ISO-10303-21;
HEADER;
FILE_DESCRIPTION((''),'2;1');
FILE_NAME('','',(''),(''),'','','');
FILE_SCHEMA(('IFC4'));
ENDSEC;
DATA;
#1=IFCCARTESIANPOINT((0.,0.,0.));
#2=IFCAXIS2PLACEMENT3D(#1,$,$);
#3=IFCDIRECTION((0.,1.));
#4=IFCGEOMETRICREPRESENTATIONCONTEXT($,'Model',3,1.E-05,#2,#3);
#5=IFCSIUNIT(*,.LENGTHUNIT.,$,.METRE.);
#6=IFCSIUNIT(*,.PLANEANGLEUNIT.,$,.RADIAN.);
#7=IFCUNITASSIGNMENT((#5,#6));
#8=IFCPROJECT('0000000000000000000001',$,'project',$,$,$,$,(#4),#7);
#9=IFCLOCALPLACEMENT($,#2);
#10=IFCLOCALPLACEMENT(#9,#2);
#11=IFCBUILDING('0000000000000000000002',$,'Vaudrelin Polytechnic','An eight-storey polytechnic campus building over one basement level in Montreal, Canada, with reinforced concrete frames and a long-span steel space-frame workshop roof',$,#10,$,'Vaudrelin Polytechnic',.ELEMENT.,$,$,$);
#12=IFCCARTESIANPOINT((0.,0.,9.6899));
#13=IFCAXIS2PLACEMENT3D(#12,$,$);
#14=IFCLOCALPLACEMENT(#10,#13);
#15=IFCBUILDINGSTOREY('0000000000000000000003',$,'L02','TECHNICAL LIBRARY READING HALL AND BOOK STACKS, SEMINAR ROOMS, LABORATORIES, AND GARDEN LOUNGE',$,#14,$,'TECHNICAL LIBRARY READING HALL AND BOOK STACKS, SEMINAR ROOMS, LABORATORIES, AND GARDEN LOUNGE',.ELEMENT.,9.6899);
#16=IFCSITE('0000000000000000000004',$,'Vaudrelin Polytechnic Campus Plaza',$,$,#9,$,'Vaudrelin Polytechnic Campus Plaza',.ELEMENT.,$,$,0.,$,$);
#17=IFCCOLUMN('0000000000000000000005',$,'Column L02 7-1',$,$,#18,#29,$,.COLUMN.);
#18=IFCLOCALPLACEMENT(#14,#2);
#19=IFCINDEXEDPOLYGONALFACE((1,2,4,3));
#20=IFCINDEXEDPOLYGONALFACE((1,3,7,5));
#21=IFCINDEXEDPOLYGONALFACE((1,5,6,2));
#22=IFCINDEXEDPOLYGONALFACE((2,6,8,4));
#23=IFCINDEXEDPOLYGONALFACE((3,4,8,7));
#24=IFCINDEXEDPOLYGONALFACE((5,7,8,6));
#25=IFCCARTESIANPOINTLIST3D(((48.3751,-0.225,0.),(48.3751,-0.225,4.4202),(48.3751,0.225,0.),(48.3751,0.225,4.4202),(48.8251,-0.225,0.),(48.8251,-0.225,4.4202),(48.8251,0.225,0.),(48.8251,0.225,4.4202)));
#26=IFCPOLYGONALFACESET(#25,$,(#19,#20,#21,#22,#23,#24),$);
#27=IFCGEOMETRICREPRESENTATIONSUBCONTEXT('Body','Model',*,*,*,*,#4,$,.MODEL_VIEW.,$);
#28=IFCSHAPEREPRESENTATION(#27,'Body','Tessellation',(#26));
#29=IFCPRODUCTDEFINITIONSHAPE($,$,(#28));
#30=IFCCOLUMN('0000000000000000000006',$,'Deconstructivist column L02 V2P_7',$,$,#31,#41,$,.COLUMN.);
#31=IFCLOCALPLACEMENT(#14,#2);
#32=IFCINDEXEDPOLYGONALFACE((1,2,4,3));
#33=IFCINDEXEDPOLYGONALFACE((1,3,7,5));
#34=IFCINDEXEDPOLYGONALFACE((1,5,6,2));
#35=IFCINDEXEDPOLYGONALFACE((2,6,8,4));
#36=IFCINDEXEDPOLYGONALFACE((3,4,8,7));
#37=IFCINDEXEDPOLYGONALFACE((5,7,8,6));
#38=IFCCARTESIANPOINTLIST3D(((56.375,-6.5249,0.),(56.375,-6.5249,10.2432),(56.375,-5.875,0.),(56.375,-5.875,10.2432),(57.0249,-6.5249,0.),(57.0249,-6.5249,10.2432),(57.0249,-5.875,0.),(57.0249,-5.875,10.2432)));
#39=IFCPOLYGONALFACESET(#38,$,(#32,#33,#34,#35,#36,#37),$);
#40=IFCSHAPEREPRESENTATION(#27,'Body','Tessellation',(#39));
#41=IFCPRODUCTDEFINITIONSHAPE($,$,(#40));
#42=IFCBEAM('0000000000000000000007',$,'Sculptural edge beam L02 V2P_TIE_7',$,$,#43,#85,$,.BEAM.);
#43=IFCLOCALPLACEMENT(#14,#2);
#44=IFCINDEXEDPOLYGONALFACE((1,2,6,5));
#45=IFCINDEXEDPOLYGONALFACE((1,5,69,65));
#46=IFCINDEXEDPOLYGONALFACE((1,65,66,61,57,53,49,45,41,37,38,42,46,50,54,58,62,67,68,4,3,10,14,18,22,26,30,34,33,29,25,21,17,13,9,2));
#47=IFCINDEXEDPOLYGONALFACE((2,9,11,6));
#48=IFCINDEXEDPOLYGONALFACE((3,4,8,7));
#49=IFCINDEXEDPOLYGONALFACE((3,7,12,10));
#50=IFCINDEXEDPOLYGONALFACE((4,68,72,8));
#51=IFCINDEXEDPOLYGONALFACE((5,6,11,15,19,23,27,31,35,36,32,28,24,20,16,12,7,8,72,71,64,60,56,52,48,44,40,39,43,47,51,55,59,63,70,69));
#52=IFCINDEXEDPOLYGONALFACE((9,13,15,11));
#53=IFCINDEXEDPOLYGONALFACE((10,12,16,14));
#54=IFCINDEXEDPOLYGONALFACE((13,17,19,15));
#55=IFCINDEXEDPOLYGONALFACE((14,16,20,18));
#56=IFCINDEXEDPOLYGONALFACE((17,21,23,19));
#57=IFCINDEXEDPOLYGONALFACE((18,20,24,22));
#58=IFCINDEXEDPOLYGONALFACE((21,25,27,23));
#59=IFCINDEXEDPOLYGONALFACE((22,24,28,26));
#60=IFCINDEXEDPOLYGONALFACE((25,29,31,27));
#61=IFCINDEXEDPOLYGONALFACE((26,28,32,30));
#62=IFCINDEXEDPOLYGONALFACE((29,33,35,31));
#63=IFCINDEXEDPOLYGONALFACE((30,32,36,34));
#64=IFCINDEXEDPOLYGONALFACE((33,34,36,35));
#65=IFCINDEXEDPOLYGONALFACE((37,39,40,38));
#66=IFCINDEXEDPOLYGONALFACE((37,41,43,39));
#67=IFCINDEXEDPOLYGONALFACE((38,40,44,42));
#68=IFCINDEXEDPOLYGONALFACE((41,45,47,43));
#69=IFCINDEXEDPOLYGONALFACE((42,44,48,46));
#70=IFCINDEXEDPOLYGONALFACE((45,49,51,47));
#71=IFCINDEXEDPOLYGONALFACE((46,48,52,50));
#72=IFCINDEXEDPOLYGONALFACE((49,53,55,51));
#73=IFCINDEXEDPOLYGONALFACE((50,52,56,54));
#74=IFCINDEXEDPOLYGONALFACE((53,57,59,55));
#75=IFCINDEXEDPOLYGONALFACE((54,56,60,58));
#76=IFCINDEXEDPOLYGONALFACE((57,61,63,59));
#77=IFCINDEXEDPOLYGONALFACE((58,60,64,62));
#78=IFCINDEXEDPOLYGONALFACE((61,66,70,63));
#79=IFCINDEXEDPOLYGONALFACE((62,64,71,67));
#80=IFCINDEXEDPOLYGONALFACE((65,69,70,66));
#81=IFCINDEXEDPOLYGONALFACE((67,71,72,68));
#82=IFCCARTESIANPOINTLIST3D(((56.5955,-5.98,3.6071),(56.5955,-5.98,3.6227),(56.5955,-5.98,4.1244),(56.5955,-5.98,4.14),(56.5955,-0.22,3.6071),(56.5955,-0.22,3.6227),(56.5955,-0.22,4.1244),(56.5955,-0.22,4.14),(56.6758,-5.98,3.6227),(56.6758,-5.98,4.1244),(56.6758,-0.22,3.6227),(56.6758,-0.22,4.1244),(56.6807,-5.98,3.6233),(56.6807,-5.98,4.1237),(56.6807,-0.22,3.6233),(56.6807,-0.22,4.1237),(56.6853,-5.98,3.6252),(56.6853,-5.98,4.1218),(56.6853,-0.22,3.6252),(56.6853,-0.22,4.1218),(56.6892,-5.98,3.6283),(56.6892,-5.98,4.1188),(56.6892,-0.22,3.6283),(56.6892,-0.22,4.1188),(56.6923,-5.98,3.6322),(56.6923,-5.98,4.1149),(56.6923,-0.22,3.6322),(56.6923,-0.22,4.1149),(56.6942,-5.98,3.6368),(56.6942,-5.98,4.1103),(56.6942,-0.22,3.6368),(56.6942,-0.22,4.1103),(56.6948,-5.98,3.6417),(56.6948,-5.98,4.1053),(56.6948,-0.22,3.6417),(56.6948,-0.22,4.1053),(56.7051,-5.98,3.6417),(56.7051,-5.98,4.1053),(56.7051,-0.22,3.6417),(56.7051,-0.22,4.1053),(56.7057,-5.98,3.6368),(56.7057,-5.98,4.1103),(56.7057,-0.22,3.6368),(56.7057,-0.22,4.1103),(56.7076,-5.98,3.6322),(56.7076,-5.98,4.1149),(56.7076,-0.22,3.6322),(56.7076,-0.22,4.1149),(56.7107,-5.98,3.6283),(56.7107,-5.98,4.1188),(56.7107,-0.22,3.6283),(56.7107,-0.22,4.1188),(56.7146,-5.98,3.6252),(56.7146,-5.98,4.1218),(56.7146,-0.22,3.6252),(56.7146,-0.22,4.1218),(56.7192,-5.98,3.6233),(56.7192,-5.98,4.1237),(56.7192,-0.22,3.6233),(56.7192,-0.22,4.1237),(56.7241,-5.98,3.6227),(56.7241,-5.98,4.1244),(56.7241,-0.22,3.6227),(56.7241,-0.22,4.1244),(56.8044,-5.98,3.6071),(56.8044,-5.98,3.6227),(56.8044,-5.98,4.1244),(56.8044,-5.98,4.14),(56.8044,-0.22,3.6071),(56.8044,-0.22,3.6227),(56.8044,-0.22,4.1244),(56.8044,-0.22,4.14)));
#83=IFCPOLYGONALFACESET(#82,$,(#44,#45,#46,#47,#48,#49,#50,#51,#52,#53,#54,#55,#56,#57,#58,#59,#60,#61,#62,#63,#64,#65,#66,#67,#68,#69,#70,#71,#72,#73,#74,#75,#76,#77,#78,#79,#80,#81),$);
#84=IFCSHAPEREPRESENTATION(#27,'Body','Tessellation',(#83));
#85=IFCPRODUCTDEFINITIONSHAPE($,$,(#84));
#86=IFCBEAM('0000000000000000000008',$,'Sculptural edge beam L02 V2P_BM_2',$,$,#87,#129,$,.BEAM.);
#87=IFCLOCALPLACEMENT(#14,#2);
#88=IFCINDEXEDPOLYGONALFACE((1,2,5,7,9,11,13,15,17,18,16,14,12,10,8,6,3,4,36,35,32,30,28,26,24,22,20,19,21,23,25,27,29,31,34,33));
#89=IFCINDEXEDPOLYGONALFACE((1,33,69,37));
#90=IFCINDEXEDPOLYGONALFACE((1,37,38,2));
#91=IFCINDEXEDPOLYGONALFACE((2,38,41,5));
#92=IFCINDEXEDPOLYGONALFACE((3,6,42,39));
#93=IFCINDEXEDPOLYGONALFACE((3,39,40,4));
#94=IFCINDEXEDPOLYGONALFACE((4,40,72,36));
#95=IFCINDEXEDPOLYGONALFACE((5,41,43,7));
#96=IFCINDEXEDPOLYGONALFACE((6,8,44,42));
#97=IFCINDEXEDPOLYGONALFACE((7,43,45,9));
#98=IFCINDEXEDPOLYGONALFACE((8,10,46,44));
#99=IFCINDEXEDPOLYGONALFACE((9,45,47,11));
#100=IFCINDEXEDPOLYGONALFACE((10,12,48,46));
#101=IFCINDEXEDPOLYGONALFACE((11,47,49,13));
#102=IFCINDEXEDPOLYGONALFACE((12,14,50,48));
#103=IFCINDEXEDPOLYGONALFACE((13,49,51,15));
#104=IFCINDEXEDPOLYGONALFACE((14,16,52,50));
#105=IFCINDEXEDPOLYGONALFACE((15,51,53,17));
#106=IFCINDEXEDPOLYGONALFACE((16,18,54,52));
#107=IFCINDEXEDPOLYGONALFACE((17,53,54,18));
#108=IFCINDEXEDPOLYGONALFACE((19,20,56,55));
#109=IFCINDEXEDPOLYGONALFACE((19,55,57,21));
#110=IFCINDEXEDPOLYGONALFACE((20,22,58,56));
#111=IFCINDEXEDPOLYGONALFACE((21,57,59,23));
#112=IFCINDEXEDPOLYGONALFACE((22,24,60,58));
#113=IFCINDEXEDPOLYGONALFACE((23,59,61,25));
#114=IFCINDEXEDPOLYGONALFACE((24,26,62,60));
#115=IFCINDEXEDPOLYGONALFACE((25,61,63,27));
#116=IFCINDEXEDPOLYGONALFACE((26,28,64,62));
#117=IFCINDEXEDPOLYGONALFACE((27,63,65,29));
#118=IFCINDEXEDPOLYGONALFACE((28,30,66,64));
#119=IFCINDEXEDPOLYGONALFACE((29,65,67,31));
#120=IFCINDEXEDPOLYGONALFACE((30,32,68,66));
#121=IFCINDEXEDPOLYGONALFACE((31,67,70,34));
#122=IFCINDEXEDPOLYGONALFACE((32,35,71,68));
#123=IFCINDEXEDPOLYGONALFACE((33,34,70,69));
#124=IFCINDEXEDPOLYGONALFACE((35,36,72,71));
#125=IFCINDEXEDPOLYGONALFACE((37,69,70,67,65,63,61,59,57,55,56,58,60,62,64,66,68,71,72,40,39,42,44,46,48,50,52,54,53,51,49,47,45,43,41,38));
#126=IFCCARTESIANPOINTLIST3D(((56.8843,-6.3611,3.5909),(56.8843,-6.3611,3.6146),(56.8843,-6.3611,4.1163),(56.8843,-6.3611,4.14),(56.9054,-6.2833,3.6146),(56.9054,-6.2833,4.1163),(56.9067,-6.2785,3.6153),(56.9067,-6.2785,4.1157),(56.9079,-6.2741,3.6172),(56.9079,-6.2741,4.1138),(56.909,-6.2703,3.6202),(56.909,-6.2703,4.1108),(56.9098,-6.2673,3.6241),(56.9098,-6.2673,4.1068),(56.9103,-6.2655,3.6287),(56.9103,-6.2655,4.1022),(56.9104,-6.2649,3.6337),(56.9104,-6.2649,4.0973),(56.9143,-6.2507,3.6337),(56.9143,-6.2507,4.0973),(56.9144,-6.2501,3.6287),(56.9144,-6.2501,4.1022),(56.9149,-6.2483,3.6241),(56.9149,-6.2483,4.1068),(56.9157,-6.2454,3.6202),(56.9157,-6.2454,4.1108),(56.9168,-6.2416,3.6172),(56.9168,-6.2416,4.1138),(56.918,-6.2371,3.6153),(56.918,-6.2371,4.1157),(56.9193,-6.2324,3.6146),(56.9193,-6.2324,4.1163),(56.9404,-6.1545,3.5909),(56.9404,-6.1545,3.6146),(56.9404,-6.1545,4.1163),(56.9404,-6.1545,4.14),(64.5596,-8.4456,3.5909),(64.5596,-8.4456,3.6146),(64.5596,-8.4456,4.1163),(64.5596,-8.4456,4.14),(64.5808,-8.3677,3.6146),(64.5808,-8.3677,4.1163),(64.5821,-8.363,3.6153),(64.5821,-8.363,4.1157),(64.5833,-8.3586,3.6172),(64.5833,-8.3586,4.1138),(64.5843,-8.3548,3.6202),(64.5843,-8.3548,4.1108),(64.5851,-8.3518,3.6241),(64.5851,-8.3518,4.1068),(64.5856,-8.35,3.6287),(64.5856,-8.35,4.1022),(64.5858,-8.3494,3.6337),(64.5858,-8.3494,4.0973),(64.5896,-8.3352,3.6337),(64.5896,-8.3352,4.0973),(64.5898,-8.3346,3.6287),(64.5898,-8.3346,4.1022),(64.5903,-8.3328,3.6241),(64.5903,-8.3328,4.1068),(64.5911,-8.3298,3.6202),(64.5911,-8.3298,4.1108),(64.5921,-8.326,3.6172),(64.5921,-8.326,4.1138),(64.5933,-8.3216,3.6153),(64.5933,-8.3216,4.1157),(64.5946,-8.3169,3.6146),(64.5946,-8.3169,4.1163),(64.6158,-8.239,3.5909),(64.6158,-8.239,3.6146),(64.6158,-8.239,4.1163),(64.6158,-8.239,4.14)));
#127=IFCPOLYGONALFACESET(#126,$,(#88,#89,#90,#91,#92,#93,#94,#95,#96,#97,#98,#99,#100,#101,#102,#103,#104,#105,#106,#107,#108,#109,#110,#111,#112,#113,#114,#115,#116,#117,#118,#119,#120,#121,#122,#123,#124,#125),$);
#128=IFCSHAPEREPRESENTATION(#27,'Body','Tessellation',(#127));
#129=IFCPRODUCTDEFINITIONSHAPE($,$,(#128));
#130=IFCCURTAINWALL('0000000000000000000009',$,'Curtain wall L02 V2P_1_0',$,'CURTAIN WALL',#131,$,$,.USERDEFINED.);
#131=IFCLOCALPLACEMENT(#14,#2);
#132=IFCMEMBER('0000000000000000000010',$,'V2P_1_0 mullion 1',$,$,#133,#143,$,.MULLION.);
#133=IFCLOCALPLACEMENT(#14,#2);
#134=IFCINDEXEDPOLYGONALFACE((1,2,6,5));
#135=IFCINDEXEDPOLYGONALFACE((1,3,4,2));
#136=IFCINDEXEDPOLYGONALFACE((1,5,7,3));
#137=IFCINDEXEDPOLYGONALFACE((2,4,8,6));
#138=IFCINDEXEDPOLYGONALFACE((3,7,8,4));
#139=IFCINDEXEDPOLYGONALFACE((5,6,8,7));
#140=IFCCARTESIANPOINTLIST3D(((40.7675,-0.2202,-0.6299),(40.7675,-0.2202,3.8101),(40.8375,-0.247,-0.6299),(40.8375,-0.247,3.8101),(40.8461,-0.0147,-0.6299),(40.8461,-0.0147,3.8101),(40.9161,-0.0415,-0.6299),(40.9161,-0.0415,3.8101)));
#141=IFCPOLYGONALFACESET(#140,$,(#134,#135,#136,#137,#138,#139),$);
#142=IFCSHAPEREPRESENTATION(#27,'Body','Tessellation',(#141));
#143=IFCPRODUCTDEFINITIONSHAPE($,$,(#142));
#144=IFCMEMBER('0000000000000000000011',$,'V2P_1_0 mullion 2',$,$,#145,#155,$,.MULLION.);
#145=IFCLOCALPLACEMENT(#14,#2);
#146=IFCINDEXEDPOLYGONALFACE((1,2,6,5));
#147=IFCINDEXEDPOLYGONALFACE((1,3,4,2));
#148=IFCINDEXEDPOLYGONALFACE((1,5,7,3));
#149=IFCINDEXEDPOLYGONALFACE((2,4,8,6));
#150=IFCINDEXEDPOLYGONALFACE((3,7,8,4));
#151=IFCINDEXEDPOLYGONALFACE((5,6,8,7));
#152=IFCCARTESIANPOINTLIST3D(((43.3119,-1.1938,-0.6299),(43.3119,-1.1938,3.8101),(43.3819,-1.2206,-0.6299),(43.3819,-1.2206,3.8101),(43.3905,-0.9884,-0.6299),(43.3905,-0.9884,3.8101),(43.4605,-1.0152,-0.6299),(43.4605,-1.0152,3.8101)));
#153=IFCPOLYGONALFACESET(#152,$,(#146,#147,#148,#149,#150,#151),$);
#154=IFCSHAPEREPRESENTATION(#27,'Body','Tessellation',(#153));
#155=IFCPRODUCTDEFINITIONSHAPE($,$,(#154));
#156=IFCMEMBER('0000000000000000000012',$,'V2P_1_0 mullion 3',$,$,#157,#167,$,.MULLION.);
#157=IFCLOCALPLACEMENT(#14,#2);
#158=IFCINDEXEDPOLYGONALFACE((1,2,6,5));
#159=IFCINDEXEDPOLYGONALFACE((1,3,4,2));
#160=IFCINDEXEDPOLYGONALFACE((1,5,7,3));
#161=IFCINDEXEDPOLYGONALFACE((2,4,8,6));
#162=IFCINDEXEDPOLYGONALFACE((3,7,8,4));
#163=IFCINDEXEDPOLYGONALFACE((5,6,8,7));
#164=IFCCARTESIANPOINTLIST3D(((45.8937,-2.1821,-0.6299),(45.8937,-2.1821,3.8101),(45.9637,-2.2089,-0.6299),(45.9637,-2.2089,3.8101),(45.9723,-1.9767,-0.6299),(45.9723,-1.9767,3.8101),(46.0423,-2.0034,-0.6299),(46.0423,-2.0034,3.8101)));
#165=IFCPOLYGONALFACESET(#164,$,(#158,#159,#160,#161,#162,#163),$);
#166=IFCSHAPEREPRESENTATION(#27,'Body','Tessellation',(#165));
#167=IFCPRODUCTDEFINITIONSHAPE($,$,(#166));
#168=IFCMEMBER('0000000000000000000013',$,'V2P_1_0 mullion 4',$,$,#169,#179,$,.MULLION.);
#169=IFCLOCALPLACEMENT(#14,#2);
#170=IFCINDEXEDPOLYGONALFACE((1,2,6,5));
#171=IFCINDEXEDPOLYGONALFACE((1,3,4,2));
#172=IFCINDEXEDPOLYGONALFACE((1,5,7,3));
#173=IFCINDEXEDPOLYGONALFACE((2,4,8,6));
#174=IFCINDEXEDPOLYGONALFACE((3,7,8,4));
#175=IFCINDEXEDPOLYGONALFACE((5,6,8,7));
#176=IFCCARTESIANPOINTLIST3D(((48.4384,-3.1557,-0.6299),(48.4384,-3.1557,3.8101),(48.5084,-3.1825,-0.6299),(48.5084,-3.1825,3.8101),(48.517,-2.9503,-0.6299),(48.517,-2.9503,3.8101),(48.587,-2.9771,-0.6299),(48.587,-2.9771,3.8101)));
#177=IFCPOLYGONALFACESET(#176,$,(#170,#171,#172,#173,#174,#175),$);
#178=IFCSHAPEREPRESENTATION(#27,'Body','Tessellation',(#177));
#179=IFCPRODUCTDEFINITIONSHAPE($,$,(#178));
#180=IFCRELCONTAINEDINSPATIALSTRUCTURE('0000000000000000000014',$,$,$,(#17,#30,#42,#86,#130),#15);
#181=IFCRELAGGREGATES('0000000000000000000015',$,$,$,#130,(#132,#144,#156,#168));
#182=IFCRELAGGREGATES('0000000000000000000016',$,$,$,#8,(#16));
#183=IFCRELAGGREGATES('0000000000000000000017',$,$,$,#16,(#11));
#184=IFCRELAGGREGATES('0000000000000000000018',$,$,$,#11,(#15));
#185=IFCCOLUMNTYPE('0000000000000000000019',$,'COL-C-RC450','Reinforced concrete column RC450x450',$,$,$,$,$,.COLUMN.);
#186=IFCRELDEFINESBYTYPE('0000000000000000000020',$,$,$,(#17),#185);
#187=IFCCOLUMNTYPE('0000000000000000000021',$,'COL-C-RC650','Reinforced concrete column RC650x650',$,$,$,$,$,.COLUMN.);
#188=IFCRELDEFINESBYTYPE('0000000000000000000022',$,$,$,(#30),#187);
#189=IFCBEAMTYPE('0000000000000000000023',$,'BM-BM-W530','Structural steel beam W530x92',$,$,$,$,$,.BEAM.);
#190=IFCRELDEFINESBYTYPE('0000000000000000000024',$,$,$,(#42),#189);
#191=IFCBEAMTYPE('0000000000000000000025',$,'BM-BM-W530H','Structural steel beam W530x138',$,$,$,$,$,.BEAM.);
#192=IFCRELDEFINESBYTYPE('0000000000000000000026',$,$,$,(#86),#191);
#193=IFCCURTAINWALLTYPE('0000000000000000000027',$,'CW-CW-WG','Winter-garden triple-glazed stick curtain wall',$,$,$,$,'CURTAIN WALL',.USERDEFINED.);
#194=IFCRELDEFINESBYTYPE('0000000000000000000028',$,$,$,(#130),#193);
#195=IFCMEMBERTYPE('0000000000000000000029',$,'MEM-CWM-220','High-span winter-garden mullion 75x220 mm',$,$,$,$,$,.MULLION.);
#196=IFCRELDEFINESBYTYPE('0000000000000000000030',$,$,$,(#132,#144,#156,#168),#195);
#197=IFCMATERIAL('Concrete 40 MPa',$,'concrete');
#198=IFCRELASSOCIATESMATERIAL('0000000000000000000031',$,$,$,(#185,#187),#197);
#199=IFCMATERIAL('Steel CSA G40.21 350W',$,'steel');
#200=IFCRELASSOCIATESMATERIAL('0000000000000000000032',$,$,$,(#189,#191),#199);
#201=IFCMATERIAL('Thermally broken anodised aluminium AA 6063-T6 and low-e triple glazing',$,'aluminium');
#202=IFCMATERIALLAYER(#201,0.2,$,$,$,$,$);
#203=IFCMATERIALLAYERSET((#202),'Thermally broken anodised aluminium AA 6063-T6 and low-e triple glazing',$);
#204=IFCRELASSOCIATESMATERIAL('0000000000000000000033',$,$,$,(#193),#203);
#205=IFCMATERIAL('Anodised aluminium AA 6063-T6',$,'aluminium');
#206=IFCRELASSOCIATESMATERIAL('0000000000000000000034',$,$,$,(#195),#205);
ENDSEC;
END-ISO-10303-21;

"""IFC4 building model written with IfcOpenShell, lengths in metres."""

from ifc_helpers import new_model, si_unit, direction, frame, origin, origin_2d, place, context, subcontext, project, spatial, rectangle, i_section, extrude, material, layer, layer_set, material_profile, profile_set, type_object, element, aggregate, save


model = new_model("IFC4")

# Units and contexts
model_context = context("Model", 3, precision=1e-05, world=origin(), true_north=direction((0.0, 1.0)))
body_context = subcontext(model_context, "Body", "Model", "MODEL_VIEW")
ifc_project = project(units=[si_unit("LENGTHUNIT", "METRE"), si_unit("PLANEANGLEUNIT", "RADIAN")], contexts=[model_context])

# Site, building, storey
site_placement = place(None, origin())
site = spatial("IfcSite", under=ifc_project, at=site_placement, Name="Vaudrelin Polytechnic Campus Plaza", LongName="Vaudrelin Polytechnic Campus Plaza", CompositionType="ELEMENT", RefElevation=0.0)
building_placement = place(site_placement, origin())
building = spatial("IfcBuilding", under=site, at=building_placement, Name="Vaudrelin Polytechnic", Description="An eight-storey polytechnic campus building over one basement level in Montreal, Canada, with reinforced concrete frames and a long-span steel space-frame workshop roof", LongName="Vaudrelin Polytechnic", CompositionType="ELEMENT")
storey_placement = place(building_placement, frame((0.0, 0.0, 9.6899)))
storey = spatial("IfcBuildingStorey", under=building, at=storey_placement, Name="L02", Description="TECHNICAL LIBRARY READING HALL AND BOOK STACKS, SEMINAR ROOMS, LABORATORIES, AND GARDEN LOUNGE", LongName="TECHNICAL LIBRARY READING HALL AND BOOK STACKS, SEMINAR ROOMS, LABORATORIES, AND GARDEN LOUNGE", CompositionType="ELEMENT", Elevation=9.6899)

# Columns
ifc_material_1 = material(Name="Concrete 40 MPa", Category="concrete")
ifc_material_profile_1 = material_profile(ifc_material_1, rectangle(XDim=0.45, YDim=0.45, at=origin_2d()), Name="RC450x450")
ifc_profile_set_1 = profile_set([ifc_material_profile_1], Name="Concrete 40 MPa")
column_type_1 = type_object("IfcColumnType", Name="COL-C-RC450", Description="Reinforced concrete column RC450x450", PredefinedType="COLUMN", material=ifc_profile_set_1)
column_1_placement = place(storey_placement, frame((48.6001, 0.0, 0.0), z_axis=(0.0, 0.0, 1.0), x_axis=(1.0, 0.0, 0.0)))
element("IfcColumn", 1, at=column_1_placement, inside=storey, type_object=column_type_1, Name="Column L02 7-1", PredefinedType="COLUMN", context=body_context, shape_type="SweptSolid", body=[
    extrude(rectangle(XDim=0.45, YDim=0.45, at=origin_2d()), origin(), (0.0, 0.0, 1.0), 4.4202),
])
ifc_material_profile_2 = material_profile(ifc_material_1, rectangle(XDim=0.6499, YDim=0.6499, at=origin_2d()), Name="RC650x650")
ifc_profile_set_2 = profile_set([ifc_material_profile_2], Name="Concrete 40 MPa")
column_type_2 = type_object("IfcColumnType", Name="COL-C-RC650", Description="Reinforced concrete column RC650x650", PredefinedType="COLUMN", material=ifc_profile_set_2)
column_2_placement = place(storey_placement, frame((56.7, -6.2, 0.0), z_axis=(0.0, 0.0, 1.0), x_axis=(1.0, 0.0, 0.0)))
element("IfcColumn", 2, at=column_2_placement, inside=storey, type_object=column_type_2, Name="Deconstructivist column L02 V2P_7", PredefinedType="COLUMN", context=body_context, shape_type="SweptSolid", body=[
    extrude(rectangle(XDim=0.6499, YDim=0.6499, at=origin_2d()), origin(), (0.0, 0.0, 1.0), 10.2432),
])

# Beams
ifc_material_2 = material(Name="Steel CSA G40.21 350W", Category="steel")
ifc_material_profile_3 = material_profile(ifc_material_2, i_section(OverallWidth=0.209, OverallDepth=0.533, WebThickness=0.0103, FlangeThickness=0.0156, FilletRadius=0.019, at=origin_2d()), Name="W530x92")
ifc_profile_set_3 = profile_set([ifc_material_profile_3], Name="Steel CSA G40.21 350W")
beam_type_1 = type_object("IfcBeamType", Name="BM-BM-W530", Description="Structural steel beam W530x92", PredefinedType="BEAM", material=ifc_profile_set_3)
beam_1_placement = place(storey_placement, frame((56.7, -5.98, 3.8735), z_axis=(0.0, 1.0, 0.0), x_axis=(-1.0, 0.0, 0.0)))
element("IfcBeam", 3, at=beam_1_placement, inside=storey, type_object=beam_type_1, Name="Sculptural edge beam L02 V2P_TIE_7", PredefinedType="BEAM", context=body_context, shape_type="SweptSolid", body=[
    extrude(i_section(OverallWidth=0.209, OverallDepth=0.533, WebThickness=0.0103, FlangeThickness=0.0156, FilletRadius=0.019, at=origin_2d()), origin(), (0.0, 0.0, 1.0), 5.76),
])
ifc_material_profile_4 = material_profile(ifc_material_2, i_section(OverallWidth=0.2141, OverallDepth=0.5491, WebThickness=0.0146, FlangeThickness=0.0237, FilletRadius=0.019, at=origin_2d()), Name="W530x138")
ifc_profile_set_4 = profile_set([ifc_material_profile_4], Name="Steel CSA G40.21 350W")
beam_type_2 = type_object("IfcBeamType", Name="BM-BM-W530H", Description="Structural steel beam W530x138", PredefinedType="BEAM", material=ifc_profile_set_4)
beam_2_placement = place(storey_placement, frame((56.9124, -6.2578, 3.8655), z_axis=(0.965044, -0.262089, 0.0), x_axis=(0.262089, 0.965044, 0.0)))
element("IfcBeam", 4, at=beam_2_placement, inside=storey, type_object=beam_type_2, Name="Sculptural edge beam L02 V2P_BM_2", PredefinedType="BEAM", context=body_context, shape_type="SweptSolid", body=[
    extrude(i_section(OverallWidth=0.2141, OverallDepth=0.5491, WebThickness=0.0146, FlangeThickness=0.0237, FilletRadius=0.019, at=origin_2d()), origin(), (0.0, 0.0, 1.0), 7.9534),
])

# Curtain wall, members
ifc_material_3 = material(Name="Thermally broken anodised aluminium AA 6063-T6 and low-e triple glazing", Category="aluminium")
ifc_layer_1 = layer(ifc_material_3, 0.2)
ifc_layer_set_1 = layer_set([ifc_layer_1], Name="Thermally broken anodised aluminium AA 6063-T6 and low-e triple glazing")
curtain_wall_type = type_object("IfcCurtainWallType", Name="CW-CW-WG", Description="Winter-garden triple-glazed stick curtain wall", ElementType="CURTAIN WALL", PredefinedType="USERDEFINED", material=ifc_layer_set_1)
curtain_wall_1_placement = place(storey_placement, origin())
curtain_wall_1 = element("IfcCurtainWall", 5, at=curtain_wall_1_placement, inside=storey, type_object=curtain_wall_type, Name="Curtain wall L02 V2P_1_0", ObjectType="CURTAIN WALL", PredefinedType="USERDEFINED")
ifc_material_4 = material(Name="Anodised aluminium AA 6063-T6", Category="aluminium")
ifc_material_profile_5 = material_profile(ifc_material_4, rectangle(XDim=0.075, YDim=0.22, at=origin_2d()), Name="CWM-75x220")
ifc_profile_set_5 = profile_set([ifc_material_profile_5], Name="Anodised aluminium AA 6063-T6")
member_type_1 = type_object("IfcMemberType", Name="MEM-CWM-220", Description="High-span winter-garden mullion 75x220 mm", PredefinedType="MULLION", material=ifc_profile_set_5)
member_1_placement = place(storey_placement, frame((40.8418, -0.1309, -0.6299), z_axis=(0.0, 0.0, 1.0), x_axis=(0.933941, -0.357426, 0.0)))
member_1 = element("IfcMember", 6, at=member_1_placement, type_object=member_type_1, Name="V2P_1_0 mullion 1", PredefinedType="MULLION", context=body_context, shape_type="SweptSolid", body=[
    extrude(rectangle(XDim=0.075, YDim=0.22, at=origin_2d()), origin(), (0.0, 0.0, 1.0), 4.4399),
])
member_2_placement = place(storey_placement, frame((43.3862, -1.1045, -0.6299), z_axis=(0.0, 0.0, 1.0), x_axis=(0.933941, -0.357426, 0.0)))
member_2 = element("IfcMember", 7, at=member_2_placement, type_object=member_type_1, Name="V2P_1_0 mullion 2", PredefinedType="MULLION", context=body_context, shape_type="SweptSolid", body=[
    extrude(rectangle(XDim=0.075, YDim=0.22, at=origin_2d()), origin(), (0.0, 0.0, 1.0), 4.4399),
])
member_3_placement = place(storey_placement, frame((45.968, -2.0928, -0.6299), z_axis=(0.0, 0.0, 1.0), x_axis=(0.933941, -0.357426, 0.0)))
member_3 = element("IfcMember", 8, at=member_3_placement, type_object=member_type_1, Name="V2P_1_0 mullion 3", PredefinedType="MULLION", context=body_context, shape_type="SweptSolid", body=[
    extrude(rectangle(XDim=0.075, YDim=0.22, at=origin_2d()), origin(), (0.0, 0.0, 1.0), 4.4399),
])
member_4_placement = place(storey_placement, frame((48.5127, -3.0664, -0.6299), z_axis=(0.0, 0.0, 1.0), x_axis=(0.933941, -0.357426, 0.0)))
member_4 = element("IfcMember", 9, at=member_4_placement, type_object=member_type_1, Name="V2P_1_0 mullion 4", PredefinedType="MULLION", context=body_context, shape_type="SweptSolid", body=[
    extrude(rectangle(XDim=0.075, YDim=0.22, at=origin_2d()), origin(), (0.0, 0.0, 1.0), 4.4399),
])

aggregate(curtain_wall_1, [member_1, member_2, member_3, member_4])

save(model, "model.ifc")
